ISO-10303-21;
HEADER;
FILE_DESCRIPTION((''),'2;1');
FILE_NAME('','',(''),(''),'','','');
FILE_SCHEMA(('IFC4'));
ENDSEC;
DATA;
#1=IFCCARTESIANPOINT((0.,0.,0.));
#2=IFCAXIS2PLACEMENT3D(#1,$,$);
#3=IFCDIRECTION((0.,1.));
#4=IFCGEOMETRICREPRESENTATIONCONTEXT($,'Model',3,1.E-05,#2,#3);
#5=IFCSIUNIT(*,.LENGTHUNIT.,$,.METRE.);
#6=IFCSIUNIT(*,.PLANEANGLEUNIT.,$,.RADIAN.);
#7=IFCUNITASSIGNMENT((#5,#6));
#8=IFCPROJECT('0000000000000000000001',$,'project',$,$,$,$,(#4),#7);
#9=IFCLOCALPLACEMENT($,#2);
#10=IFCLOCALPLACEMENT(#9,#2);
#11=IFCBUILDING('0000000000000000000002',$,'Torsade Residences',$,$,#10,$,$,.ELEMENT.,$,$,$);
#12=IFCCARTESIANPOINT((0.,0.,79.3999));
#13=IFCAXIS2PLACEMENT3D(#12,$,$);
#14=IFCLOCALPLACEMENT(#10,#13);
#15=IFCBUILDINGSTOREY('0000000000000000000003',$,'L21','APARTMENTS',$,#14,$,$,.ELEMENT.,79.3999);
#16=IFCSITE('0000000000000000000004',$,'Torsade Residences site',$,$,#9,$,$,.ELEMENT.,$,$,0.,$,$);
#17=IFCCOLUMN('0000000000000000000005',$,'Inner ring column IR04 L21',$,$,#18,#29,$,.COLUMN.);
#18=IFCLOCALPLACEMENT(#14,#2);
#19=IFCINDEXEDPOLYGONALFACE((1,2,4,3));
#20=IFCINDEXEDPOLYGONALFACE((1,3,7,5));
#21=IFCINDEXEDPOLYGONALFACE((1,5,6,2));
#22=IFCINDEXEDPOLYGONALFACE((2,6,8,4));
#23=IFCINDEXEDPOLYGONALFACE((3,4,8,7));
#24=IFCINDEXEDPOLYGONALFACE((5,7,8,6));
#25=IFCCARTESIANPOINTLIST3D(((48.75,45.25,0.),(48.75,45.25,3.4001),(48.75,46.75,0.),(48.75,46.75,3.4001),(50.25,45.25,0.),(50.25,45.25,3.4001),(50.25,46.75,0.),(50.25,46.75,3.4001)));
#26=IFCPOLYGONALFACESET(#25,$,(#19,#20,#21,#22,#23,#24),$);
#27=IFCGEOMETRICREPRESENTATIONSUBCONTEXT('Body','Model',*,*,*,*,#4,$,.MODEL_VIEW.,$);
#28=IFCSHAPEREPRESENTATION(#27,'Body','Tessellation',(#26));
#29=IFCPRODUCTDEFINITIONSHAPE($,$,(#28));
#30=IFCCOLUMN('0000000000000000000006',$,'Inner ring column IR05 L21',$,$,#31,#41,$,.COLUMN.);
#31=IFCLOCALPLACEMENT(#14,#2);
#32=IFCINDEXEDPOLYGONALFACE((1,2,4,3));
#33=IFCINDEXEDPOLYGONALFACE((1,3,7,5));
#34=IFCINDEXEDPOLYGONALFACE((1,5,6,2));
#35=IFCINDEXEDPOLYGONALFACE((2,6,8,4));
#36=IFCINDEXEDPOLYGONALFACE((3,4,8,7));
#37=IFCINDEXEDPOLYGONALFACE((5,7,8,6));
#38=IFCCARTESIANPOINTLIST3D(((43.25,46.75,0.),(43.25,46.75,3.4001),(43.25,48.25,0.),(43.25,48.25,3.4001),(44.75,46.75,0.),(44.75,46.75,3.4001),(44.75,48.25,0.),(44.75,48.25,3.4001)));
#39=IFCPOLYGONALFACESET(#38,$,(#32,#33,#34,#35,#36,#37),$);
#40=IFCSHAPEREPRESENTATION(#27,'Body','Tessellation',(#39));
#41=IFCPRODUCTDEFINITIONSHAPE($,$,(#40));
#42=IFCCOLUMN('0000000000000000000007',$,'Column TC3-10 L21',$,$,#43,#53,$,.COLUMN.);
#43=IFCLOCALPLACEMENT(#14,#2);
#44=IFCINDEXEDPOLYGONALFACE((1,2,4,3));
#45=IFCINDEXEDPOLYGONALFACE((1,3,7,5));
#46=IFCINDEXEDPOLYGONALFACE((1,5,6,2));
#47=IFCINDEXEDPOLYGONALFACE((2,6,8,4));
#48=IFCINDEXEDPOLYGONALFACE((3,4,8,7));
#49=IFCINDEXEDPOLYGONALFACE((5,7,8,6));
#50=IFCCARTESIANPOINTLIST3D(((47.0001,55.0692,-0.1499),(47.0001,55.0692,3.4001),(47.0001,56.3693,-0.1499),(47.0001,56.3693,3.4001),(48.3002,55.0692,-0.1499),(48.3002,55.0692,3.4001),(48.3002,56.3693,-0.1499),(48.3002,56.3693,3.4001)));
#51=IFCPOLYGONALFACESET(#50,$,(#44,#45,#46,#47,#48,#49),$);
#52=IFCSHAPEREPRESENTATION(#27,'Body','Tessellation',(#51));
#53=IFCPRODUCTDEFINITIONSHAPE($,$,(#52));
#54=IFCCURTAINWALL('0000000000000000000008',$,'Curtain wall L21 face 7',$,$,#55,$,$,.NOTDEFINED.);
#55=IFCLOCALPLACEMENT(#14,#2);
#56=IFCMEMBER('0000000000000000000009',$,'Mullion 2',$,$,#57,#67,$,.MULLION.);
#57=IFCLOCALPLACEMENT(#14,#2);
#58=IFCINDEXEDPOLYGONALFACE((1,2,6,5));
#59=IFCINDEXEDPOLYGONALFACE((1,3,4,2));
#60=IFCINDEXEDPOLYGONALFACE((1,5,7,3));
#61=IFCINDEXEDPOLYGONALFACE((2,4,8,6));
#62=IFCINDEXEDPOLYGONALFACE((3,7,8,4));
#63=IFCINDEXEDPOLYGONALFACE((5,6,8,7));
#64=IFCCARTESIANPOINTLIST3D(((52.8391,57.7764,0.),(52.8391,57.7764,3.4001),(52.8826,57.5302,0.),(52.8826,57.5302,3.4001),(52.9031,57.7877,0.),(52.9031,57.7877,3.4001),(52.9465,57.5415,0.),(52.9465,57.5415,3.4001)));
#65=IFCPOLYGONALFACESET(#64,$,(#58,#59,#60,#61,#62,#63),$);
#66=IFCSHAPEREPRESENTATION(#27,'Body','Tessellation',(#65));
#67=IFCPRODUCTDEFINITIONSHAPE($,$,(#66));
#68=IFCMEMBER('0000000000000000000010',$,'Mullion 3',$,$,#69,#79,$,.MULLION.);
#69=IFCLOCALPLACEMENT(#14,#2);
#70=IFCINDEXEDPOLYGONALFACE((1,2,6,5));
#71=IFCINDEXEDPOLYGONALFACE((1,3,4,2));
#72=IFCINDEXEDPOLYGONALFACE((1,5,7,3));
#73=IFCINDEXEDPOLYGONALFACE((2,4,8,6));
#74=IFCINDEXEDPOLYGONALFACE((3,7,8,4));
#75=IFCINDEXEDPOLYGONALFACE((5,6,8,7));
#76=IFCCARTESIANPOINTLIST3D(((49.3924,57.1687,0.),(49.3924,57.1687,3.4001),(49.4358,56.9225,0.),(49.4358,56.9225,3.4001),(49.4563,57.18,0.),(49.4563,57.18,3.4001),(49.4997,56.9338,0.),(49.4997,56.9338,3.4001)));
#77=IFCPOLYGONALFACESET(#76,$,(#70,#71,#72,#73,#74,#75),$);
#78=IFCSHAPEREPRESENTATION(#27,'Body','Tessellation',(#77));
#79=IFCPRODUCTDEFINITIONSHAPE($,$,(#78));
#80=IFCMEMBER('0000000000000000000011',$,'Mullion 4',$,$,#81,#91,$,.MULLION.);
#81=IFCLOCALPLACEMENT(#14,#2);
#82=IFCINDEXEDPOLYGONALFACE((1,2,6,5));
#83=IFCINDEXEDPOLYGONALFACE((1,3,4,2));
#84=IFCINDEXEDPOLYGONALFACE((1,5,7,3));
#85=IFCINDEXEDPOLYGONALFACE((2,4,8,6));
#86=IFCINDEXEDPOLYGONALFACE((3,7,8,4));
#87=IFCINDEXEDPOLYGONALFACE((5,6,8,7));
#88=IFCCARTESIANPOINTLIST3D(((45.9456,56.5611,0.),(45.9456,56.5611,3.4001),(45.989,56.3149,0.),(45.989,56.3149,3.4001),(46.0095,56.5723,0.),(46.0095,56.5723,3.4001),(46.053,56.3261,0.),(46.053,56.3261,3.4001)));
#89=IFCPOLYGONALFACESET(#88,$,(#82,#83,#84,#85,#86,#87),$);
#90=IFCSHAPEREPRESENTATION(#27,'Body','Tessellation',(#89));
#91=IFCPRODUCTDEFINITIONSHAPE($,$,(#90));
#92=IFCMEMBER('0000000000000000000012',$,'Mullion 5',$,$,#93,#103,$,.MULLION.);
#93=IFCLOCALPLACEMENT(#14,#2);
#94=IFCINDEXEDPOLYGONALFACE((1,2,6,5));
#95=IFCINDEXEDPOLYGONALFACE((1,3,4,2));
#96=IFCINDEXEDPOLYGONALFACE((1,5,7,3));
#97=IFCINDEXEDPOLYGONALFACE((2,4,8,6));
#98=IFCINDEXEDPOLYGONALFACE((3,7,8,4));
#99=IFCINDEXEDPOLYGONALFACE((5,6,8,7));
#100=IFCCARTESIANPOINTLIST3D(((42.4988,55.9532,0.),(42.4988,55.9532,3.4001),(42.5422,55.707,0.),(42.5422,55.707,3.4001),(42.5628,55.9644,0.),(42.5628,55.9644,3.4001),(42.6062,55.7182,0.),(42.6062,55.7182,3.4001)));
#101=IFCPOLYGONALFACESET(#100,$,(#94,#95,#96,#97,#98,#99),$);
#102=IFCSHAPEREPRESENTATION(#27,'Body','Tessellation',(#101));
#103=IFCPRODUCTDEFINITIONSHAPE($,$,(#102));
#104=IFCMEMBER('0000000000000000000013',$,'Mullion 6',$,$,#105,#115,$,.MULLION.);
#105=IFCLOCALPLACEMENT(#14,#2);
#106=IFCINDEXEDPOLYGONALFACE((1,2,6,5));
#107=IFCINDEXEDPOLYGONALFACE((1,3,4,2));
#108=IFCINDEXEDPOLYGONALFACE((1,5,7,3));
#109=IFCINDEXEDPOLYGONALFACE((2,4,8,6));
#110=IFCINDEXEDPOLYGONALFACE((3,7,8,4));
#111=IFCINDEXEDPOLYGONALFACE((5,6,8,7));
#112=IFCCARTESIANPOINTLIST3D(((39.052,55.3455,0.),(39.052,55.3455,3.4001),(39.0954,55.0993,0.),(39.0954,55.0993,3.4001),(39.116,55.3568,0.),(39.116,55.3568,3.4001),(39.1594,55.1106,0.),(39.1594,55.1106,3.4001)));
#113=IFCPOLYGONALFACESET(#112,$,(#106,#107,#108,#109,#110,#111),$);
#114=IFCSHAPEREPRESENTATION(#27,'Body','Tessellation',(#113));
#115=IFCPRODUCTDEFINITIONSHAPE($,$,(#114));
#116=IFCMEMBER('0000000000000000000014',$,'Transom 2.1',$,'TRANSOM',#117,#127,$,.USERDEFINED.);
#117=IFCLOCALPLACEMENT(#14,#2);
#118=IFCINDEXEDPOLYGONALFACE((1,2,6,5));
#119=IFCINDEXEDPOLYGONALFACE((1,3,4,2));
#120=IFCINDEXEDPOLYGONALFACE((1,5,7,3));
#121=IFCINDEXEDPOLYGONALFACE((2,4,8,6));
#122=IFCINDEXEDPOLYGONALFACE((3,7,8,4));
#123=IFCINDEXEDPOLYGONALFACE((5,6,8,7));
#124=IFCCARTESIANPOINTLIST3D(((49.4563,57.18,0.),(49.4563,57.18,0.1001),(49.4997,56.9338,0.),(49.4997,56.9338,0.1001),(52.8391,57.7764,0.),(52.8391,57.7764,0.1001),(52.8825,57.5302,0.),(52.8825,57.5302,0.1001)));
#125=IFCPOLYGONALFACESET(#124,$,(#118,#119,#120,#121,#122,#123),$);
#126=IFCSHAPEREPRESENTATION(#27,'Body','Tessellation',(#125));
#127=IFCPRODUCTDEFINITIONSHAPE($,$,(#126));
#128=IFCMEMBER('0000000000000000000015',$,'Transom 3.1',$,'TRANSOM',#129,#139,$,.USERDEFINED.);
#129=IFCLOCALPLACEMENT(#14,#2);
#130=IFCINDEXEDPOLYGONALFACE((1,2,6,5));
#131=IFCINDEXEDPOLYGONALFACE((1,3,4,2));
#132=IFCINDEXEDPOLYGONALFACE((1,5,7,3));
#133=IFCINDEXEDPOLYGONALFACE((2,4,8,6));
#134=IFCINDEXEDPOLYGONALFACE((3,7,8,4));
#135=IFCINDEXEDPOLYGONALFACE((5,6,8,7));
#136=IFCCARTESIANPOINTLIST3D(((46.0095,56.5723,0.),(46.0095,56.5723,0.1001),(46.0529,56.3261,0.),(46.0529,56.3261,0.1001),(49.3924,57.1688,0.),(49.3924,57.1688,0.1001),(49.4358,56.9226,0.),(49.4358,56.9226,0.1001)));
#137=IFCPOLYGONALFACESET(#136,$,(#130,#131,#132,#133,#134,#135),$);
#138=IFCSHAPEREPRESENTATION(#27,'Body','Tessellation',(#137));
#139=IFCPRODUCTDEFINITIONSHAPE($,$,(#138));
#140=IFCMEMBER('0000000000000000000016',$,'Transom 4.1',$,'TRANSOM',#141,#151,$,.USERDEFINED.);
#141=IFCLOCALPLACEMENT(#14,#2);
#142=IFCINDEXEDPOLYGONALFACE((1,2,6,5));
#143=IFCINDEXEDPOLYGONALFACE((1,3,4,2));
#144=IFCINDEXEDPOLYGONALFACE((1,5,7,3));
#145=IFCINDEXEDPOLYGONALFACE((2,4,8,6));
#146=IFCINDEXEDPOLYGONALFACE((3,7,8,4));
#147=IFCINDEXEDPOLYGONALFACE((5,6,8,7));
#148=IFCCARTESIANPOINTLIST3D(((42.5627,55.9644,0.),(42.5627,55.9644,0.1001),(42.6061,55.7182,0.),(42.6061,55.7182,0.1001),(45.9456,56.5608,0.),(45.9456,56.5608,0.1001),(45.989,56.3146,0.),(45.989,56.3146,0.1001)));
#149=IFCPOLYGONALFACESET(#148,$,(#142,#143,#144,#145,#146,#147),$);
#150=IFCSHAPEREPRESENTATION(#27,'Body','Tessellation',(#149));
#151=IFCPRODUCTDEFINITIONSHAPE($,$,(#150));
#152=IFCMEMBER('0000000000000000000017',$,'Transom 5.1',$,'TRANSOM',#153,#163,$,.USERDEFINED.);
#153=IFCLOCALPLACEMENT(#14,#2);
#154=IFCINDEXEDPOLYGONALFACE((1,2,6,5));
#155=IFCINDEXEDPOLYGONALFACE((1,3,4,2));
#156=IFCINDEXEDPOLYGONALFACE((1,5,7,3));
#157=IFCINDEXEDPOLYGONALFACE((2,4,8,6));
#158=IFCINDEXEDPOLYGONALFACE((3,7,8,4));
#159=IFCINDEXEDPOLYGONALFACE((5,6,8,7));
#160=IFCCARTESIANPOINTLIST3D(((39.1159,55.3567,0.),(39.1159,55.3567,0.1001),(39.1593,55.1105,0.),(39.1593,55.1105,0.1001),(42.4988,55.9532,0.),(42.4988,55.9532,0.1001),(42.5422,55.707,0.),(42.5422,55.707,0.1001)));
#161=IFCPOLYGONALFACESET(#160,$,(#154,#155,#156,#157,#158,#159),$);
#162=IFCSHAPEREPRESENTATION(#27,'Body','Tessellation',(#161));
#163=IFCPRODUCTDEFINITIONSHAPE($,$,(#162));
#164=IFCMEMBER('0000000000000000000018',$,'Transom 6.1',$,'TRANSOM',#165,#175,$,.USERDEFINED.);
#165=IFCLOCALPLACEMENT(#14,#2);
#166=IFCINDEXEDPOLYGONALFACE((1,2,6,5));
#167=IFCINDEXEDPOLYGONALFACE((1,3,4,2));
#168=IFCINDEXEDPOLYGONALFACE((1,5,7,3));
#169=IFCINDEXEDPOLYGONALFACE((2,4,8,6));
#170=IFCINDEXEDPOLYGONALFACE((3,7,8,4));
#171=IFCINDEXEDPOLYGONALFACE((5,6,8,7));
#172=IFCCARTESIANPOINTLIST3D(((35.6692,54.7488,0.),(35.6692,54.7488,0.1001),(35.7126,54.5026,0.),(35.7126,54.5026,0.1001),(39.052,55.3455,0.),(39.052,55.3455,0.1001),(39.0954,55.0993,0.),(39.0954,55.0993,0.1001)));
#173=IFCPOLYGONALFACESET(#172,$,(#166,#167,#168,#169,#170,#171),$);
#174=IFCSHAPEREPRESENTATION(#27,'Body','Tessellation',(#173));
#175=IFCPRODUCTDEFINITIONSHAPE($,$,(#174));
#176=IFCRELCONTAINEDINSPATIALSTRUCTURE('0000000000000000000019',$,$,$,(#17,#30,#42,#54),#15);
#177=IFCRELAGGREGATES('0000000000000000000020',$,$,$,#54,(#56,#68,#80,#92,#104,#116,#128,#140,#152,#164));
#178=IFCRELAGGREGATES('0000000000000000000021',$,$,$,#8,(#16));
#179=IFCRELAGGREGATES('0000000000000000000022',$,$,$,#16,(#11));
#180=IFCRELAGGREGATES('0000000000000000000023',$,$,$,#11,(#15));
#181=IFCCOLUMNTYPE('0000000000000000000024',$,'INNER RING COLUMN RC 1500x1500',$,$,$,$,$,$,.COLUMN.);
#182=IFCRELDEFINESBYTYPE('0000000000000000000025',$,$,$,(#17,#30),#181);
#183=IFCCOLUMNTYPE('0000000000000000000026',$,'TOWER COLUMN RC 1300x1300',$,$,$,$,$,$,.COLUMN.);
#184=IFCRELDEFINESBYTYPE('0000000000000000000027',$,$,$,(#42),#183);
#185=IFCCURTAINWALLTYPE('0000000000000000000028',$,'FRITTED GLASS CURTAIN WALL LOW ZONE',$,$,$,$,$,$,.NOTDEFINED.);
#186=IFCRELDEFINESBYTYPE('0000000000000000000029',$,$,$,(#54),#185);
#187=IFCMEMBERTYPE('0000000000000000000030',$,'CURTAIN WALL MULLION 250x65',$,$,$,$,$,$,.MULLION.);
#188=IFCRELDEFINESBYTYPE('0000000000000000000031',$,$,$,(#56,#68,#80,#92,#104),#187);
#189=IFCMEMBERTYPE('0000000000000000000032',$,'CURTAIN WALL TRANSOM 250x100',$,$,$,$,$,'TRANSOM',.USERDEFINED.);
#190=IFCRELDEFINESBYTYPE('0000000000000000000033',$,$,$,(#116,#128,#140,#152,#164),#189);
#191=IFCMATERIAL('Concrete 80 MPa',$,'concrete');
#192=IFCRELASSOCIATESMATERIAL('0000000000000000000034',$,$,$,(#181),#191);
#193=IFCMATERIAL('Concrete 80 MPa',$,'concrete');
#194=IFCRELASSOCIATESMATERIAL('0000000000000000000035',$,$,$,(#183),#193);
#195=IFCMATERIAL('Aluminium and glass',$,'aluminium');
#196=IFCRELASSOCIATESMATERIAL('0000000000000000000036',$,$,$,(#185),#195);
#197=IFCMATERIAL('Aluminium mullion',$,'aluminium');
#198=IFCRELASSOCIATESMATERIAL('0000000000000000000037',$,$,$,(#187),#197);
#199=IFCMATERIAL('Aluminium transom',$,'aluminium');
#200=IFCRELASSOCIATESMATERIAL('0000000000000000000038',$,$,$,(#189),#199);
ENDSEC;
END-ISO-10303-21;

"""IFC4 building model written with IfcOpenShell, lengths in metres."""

from ifc_helpers import new_model, si_unit, direction, frame, origin, origin_2d, place, context, subcontext, project, spatial, rectangle, extrude, material, material_profile, profile_set, type_object, element, aggregate, save


model = new_model("IFC4")

# Units and contexts
model_context = context("Model", 3, precision=1e-05, world=origin(), true_north=direction((0.0, 1.0)))
body_context = subcontext(model_context, "Body", "Model", "MODEL_VIEW")
ifc_project = project(units=[si_unit("LENGTHUNIT", "METRE"), si_unit("PLANEANGLEUNIT", "RADIAN")], contexts=[model_context])

# Site, building, storey
site_placement = place(None, origin())
site = spatial("IfcSite", under=ifc_project, at=site_placement, Name="Torsade Residences site", CompositionType="ELEMENT", RefElevation=0.0)
building_placement = place(site_placement, origin())
building = spatial("IfcBuilding", under=site, at=building_placement, Name="Torsade Residences", CompositionType="ELEMENT")
storey_placement = place(building_placement, frame((0.0, 0.0, 79.3999)))
storey = spatial("IfcBuildingStorey", under=building, at=storey_placement, Name="L21", Description="APARTMENTS", CompositionType="ELEMENT", Elevation=79.3999)

# Columns
ifc_material_1 = material(Name="Concrete 80 MPa", Category="concrete")
ifc_material_profile_1 = material_profile(ifc_material_1, rectangle(XDim=1.5, YDim=1.5, at=origin_2d()), Name="RC 1500x1500")
ifc_profile_set_1 = profile_set([ifc_material_profile_1], Name="Concrete 80 MPa")
column_type_1 = type_object("IfcColumnType", Name="INNER RING COLUMN RC 1500x1500", PredefinedType="COLUMN", material=ifc_profile_set_1)
for number, where, z_axis, x_axis, name in (
    (1, (49.5, 46.0, 0.0), (0.0, 0.0, 1.0), (1.0, 0.0, 0.0), "Inner ring column IR04 L21"),
    (2, (44.0, 47.5, 0.0), (0.0, 0.0, 1.0), (1.0, 0.0, 0.0), "Inner ring column IR05 L21"),
):
    element("IfcColumn", number, at=place(storey_placement, frame(where, z_axis=z_axis, x_axis=x_axis)), inside=storey, type_object=column_type_1, Name=name, PredefinedType="COLUMN", context=body_context, shape_type="SweptSolid", body=[
        extrude(rectangle(XDim=1.5, YDim=1.5, at=origin_2d()), origin(), (0.0, 0.0, 1.0), 3.4001),
    ])
ifc_material_2 = material(Name="Concrete 80 MPa", Category="concrete")
ifc_material_profile_2 = material_profile(ifc_material_2, rectangle(XDim=1.3, YDim=1.3, at=origin_2d()), Name="RC 1300x1300")
ifc_profile_set_2 = profile_set([ifc_material_profile_2], Name="Concrete 80 MPa")
column_type_2 = type_object("IfcColumnType", Name="TOWER COLUMN RC 1300x1300", PredefinedType="COLUMN", material=ifc_profile_set_2)
column_placement = place(storey_placement, frame((47.6501, 55.7192, -0.1499), z_axis=(0.0, 0.0, 1.0), x_axis=(1.0, 0.0, 0.0)))
element("IfcColumn", 3, at=column_placement, inside=storey, type_object=column_type_2, Name="Column TC3-10 L21", PredefinedType="COLUMN", context=body_context, shape_type="SweptSolid", body=[
    extrude(rectangle(XDim=1.3, YDim=1.3, at=origin_2d()), origin(), (0.0, 0.0, 1.0), 3.55),
])

# Curtain wall, members
ifc_material_3 = material(Name="Aluminium and glass", Category="aluminium")
curtain_wall_type = type_object("IfcCurtainWallType", Name="FRITTED GLASS CURTAIN WALL LOW ZONE", PredefinedType="NOTDEFINED", material=ifc_material_3)
curtain_wall_placement = place(storey_placement, origin())
curtain_wall = element("IfcCurtainWall", 4, at=curtain_wall_placement, inside=storey, type_object=curtain_wall_type, Name="Curtain wall L21 face 7", PredefinedType="NOTDEFINED")
ifc_material_4 = material(Name="Aluminium mullion", Category="aluminium")
ifc_material_profile_3 = material_profile(ifc_material_4, rectangle(XDim=0.25, YDim=0.0649, at=origin_2d()), Name="CURTAIN WALL MULLION 250x65")
ifc_profile_set_3 = profile_set([ifc_material_profile_3], Name="Aluminium mullion")
member_type_1 = type_object("IfcMemberType", Name="CURTAIN WALL MULLION 250x65", PredefinedType="MULLION", material=ifc_profile_set_3)
member_1_placement = place(storey_placement, frame((52.8928, 57.6589, 0.0), z_axis=(0.0, 0.0, 1.0), x_axis=(0.173648, -0.984808, 0.0)))
member_1 = element("IfcMember", 5, at=member_1_placement, type_object=member_type_1, Name="Mullion 2", PredefinedType="MULLION", context=body_context, shape_type="SweptSolid", body=[
    extrude(rectangle(XDim=0.25, YDim=0.0649, at=origin_2d()), origin(), (0.0, 0.0, 1.0), 3.4001),
])
member_2_placement = place(storey_placement, frame((49.446, 57.0513, 0.0), z_axis=(0.0, 0.0, 1.0), x_axis=(0.173648, -0.984808, 0.0)))
member_2 = element("IfcMember", 6, at=member_2_placement, type_object=member_type_1, Name="Mullion 3", PredefinedType="MULLION", context=body_context, shape_type="SweptSolid", body=[
    extrude(rectangle(XDim=0.25, YDim=0.0649, at=origin_2d()), origin(), (0.0, 0.0, 1.0), 3.4001),
])
member_3_placement = place(storey_placement, frame((45.9993, 56.4436, 0.0), z_axis=(0.0, 0.0, 1.0), x_axis=(0.173648, -0.984808, 0.0)))
member_3 = element("IfcMember", 7, at=member_3_placement, type_object=member_type_1, Name="Mullion 4", PredefinedType="MULLION", context=body_context, shape_type="SweptSolid", body=[
    extrude(rectangle(XDim=0.25, YDim=0.0649, at=origin_2d()), origin(), (0.0, 0.0, 1.0), 3.4001),
])
member_4_placement = place(storey_placement, frame((42.5525, 55.8357, 0.0), z_axis=(0.0, 0.0, 1.0), x_axis=(0.173648, -0.984808, 0.0)))
member_4 = element("IfcMember", 8, at=member_4_placement, type_object=member_type_1, Name="Mullion 5", PredefinedType="MULLION", context=body_context, shape_type="SweptSolid", body=[
    extrude(rectangle(XDim=0.25, YDim=0.0649, at=origin_2d()), origin(), (0.0, 0.0, 1.0), 3.4001),
])
member_5_placement = place(storey_placement, frame((39.1057, 55.228, 0.0), z_axis=(0.0, 0.0, 1.0), x_axis=(0.173648, -0.984808, 0.0)))
member_5 = element("IfcMember", 9, at=member_5_placement, type_object=member_type_1, Name="Mullion 6", PredefinedType="MULLION", context=body_context, shape_type="SweptSolid", body=[
    extrude(rectangle(XDim=0.25, YDim=0.0649, at=origin_2d()), origin(), (0.0, 0.0, 1.0), 3.4001),
])
ifc_material_5 = material(Name="Aluminium transom", Category="aluminium")
ifc_material_profile_4 = material_profile(ifc_material_5, rectangle(XDim=0.25, YDim=0.1001, at=origin_2d()), Name="CURTAIN WALL TRANSOM 250x100")
ifc_profile_set_4 = profile_set([ifc_material_profile_4], Name="Aluminium transom")
member_type_2 = type_object("IfcMemberType", Name="CURTAIN WALL TRANSOM 250x100", ElementType="TRANSOM", PredefinedType="USERDEFINED", material=ifc_profile_set_4)
member_6_placement = place(storey_placement, frame((52.8608, 57.6533, 0.05), z_axis=(-0.98481, -0.173635, 0.0), x_axis=(0.173635, -0.98481, 0.0)))
member_6 = element("IfcMember", 10, at=member_6_placement, type_object=member_type_2, Name="Transom 2.1", ObjectType="TRANSOM", PredefinedType="USERDEFINED", context=body_context, shape_type="SweptSolid", body=[
    extrude(rectangle(XDim=0.25, YDim=0.1001, at=origin_2d()), origin(), (0.0, 0.0, 1.0), 3.4351),
])
member_7_placement = place(storey_placement, frame((49.4141, 57.0457, 0.05), z_axis=(-0.98481, -0.173635, 0.0), x_axis=(0.173635, -0.98481, 0.0)))
member_7 = element("IfcMember", 11, at=member_7_placement, type_object=member_type_2, Name="Transom 3.1", ObjectType="TRANSOM", PredefinedType="USERDEFINED", context=body_context, shape_type="SweptSolid", body=[
    extrude(rectangle(XDim=0.25, YDim=0.1001, at=origin_2d()), origin(), (0.0, 0.0, 1.0), 3.4351),
])
member_8_placement = place(storey_placement, frame((45.9673, 56.4377, 0.05), z_axis=(-0.98481, -0.173635, 0.0), x_axis=(0.173635, -0.98481, 0.0)))
member_8 = element("IfcMember", 12, at=member_8_placement, type_object=member_type_2, Name="Transom 4.1", ObjectType="TRANSOM", PredefinedType="USERDEFINED", context=body_context, shape_type="SweptSolid", body=[
    extrude(rectangle(XDim=0.25, YDim=0.1001, at=origin_2d()), origin(), (0.0, 0.0, 1.0), 3.4351),
])
member_9_placement = place(storey_placement, frame((42.5205, 55.8301, 0.05), z_axis=(-0.98481, -0.173635, 0.0), x_axis=(0.173635, -0.98481, 0.0)))
member_9 = element("IfcMember", 13, at=member_9_placement, type_object=member_type_2, Name="Transom 5.1", ObjectType="TRANSOM", PredefinedType="USERDEFINED", context=body_context, shape_type="SweptSolid", body=[
    extrude(rectangle(XDim=0.25, YDim=0.1001, at=origin_2d()), origin(), (0.0, 0.0, 1.0), 3.4351),
])
member_10_placement = place(storey_placement, frame((39.0737, 55.2224, 0.05), z_axis=(-0.984798, -0.173704, 0.0), x_axis=(0.173704, -0.984798, 0.0)))
member_10 = element("IfcMember", 14, at=member_10_placement, type_object=member_type_2, Name="Transom 6.1", ObjectType="TRANSOM", PredefinedType="USERDEFINED", context=body_context, shape_type="SweptSolid", body=[
    extrude(rectangle(XDim=0.25, YDim=0.1001, at=origin_2d()), origin(), (0.0, 0.0, 1.0), 3.4351),
])

aggregate(curtain_wall, [member_1, member_2, member_3, member_4, member_5, member_6, member_7, member_8, member_9, member_10])

save(model, "model.ifc")
